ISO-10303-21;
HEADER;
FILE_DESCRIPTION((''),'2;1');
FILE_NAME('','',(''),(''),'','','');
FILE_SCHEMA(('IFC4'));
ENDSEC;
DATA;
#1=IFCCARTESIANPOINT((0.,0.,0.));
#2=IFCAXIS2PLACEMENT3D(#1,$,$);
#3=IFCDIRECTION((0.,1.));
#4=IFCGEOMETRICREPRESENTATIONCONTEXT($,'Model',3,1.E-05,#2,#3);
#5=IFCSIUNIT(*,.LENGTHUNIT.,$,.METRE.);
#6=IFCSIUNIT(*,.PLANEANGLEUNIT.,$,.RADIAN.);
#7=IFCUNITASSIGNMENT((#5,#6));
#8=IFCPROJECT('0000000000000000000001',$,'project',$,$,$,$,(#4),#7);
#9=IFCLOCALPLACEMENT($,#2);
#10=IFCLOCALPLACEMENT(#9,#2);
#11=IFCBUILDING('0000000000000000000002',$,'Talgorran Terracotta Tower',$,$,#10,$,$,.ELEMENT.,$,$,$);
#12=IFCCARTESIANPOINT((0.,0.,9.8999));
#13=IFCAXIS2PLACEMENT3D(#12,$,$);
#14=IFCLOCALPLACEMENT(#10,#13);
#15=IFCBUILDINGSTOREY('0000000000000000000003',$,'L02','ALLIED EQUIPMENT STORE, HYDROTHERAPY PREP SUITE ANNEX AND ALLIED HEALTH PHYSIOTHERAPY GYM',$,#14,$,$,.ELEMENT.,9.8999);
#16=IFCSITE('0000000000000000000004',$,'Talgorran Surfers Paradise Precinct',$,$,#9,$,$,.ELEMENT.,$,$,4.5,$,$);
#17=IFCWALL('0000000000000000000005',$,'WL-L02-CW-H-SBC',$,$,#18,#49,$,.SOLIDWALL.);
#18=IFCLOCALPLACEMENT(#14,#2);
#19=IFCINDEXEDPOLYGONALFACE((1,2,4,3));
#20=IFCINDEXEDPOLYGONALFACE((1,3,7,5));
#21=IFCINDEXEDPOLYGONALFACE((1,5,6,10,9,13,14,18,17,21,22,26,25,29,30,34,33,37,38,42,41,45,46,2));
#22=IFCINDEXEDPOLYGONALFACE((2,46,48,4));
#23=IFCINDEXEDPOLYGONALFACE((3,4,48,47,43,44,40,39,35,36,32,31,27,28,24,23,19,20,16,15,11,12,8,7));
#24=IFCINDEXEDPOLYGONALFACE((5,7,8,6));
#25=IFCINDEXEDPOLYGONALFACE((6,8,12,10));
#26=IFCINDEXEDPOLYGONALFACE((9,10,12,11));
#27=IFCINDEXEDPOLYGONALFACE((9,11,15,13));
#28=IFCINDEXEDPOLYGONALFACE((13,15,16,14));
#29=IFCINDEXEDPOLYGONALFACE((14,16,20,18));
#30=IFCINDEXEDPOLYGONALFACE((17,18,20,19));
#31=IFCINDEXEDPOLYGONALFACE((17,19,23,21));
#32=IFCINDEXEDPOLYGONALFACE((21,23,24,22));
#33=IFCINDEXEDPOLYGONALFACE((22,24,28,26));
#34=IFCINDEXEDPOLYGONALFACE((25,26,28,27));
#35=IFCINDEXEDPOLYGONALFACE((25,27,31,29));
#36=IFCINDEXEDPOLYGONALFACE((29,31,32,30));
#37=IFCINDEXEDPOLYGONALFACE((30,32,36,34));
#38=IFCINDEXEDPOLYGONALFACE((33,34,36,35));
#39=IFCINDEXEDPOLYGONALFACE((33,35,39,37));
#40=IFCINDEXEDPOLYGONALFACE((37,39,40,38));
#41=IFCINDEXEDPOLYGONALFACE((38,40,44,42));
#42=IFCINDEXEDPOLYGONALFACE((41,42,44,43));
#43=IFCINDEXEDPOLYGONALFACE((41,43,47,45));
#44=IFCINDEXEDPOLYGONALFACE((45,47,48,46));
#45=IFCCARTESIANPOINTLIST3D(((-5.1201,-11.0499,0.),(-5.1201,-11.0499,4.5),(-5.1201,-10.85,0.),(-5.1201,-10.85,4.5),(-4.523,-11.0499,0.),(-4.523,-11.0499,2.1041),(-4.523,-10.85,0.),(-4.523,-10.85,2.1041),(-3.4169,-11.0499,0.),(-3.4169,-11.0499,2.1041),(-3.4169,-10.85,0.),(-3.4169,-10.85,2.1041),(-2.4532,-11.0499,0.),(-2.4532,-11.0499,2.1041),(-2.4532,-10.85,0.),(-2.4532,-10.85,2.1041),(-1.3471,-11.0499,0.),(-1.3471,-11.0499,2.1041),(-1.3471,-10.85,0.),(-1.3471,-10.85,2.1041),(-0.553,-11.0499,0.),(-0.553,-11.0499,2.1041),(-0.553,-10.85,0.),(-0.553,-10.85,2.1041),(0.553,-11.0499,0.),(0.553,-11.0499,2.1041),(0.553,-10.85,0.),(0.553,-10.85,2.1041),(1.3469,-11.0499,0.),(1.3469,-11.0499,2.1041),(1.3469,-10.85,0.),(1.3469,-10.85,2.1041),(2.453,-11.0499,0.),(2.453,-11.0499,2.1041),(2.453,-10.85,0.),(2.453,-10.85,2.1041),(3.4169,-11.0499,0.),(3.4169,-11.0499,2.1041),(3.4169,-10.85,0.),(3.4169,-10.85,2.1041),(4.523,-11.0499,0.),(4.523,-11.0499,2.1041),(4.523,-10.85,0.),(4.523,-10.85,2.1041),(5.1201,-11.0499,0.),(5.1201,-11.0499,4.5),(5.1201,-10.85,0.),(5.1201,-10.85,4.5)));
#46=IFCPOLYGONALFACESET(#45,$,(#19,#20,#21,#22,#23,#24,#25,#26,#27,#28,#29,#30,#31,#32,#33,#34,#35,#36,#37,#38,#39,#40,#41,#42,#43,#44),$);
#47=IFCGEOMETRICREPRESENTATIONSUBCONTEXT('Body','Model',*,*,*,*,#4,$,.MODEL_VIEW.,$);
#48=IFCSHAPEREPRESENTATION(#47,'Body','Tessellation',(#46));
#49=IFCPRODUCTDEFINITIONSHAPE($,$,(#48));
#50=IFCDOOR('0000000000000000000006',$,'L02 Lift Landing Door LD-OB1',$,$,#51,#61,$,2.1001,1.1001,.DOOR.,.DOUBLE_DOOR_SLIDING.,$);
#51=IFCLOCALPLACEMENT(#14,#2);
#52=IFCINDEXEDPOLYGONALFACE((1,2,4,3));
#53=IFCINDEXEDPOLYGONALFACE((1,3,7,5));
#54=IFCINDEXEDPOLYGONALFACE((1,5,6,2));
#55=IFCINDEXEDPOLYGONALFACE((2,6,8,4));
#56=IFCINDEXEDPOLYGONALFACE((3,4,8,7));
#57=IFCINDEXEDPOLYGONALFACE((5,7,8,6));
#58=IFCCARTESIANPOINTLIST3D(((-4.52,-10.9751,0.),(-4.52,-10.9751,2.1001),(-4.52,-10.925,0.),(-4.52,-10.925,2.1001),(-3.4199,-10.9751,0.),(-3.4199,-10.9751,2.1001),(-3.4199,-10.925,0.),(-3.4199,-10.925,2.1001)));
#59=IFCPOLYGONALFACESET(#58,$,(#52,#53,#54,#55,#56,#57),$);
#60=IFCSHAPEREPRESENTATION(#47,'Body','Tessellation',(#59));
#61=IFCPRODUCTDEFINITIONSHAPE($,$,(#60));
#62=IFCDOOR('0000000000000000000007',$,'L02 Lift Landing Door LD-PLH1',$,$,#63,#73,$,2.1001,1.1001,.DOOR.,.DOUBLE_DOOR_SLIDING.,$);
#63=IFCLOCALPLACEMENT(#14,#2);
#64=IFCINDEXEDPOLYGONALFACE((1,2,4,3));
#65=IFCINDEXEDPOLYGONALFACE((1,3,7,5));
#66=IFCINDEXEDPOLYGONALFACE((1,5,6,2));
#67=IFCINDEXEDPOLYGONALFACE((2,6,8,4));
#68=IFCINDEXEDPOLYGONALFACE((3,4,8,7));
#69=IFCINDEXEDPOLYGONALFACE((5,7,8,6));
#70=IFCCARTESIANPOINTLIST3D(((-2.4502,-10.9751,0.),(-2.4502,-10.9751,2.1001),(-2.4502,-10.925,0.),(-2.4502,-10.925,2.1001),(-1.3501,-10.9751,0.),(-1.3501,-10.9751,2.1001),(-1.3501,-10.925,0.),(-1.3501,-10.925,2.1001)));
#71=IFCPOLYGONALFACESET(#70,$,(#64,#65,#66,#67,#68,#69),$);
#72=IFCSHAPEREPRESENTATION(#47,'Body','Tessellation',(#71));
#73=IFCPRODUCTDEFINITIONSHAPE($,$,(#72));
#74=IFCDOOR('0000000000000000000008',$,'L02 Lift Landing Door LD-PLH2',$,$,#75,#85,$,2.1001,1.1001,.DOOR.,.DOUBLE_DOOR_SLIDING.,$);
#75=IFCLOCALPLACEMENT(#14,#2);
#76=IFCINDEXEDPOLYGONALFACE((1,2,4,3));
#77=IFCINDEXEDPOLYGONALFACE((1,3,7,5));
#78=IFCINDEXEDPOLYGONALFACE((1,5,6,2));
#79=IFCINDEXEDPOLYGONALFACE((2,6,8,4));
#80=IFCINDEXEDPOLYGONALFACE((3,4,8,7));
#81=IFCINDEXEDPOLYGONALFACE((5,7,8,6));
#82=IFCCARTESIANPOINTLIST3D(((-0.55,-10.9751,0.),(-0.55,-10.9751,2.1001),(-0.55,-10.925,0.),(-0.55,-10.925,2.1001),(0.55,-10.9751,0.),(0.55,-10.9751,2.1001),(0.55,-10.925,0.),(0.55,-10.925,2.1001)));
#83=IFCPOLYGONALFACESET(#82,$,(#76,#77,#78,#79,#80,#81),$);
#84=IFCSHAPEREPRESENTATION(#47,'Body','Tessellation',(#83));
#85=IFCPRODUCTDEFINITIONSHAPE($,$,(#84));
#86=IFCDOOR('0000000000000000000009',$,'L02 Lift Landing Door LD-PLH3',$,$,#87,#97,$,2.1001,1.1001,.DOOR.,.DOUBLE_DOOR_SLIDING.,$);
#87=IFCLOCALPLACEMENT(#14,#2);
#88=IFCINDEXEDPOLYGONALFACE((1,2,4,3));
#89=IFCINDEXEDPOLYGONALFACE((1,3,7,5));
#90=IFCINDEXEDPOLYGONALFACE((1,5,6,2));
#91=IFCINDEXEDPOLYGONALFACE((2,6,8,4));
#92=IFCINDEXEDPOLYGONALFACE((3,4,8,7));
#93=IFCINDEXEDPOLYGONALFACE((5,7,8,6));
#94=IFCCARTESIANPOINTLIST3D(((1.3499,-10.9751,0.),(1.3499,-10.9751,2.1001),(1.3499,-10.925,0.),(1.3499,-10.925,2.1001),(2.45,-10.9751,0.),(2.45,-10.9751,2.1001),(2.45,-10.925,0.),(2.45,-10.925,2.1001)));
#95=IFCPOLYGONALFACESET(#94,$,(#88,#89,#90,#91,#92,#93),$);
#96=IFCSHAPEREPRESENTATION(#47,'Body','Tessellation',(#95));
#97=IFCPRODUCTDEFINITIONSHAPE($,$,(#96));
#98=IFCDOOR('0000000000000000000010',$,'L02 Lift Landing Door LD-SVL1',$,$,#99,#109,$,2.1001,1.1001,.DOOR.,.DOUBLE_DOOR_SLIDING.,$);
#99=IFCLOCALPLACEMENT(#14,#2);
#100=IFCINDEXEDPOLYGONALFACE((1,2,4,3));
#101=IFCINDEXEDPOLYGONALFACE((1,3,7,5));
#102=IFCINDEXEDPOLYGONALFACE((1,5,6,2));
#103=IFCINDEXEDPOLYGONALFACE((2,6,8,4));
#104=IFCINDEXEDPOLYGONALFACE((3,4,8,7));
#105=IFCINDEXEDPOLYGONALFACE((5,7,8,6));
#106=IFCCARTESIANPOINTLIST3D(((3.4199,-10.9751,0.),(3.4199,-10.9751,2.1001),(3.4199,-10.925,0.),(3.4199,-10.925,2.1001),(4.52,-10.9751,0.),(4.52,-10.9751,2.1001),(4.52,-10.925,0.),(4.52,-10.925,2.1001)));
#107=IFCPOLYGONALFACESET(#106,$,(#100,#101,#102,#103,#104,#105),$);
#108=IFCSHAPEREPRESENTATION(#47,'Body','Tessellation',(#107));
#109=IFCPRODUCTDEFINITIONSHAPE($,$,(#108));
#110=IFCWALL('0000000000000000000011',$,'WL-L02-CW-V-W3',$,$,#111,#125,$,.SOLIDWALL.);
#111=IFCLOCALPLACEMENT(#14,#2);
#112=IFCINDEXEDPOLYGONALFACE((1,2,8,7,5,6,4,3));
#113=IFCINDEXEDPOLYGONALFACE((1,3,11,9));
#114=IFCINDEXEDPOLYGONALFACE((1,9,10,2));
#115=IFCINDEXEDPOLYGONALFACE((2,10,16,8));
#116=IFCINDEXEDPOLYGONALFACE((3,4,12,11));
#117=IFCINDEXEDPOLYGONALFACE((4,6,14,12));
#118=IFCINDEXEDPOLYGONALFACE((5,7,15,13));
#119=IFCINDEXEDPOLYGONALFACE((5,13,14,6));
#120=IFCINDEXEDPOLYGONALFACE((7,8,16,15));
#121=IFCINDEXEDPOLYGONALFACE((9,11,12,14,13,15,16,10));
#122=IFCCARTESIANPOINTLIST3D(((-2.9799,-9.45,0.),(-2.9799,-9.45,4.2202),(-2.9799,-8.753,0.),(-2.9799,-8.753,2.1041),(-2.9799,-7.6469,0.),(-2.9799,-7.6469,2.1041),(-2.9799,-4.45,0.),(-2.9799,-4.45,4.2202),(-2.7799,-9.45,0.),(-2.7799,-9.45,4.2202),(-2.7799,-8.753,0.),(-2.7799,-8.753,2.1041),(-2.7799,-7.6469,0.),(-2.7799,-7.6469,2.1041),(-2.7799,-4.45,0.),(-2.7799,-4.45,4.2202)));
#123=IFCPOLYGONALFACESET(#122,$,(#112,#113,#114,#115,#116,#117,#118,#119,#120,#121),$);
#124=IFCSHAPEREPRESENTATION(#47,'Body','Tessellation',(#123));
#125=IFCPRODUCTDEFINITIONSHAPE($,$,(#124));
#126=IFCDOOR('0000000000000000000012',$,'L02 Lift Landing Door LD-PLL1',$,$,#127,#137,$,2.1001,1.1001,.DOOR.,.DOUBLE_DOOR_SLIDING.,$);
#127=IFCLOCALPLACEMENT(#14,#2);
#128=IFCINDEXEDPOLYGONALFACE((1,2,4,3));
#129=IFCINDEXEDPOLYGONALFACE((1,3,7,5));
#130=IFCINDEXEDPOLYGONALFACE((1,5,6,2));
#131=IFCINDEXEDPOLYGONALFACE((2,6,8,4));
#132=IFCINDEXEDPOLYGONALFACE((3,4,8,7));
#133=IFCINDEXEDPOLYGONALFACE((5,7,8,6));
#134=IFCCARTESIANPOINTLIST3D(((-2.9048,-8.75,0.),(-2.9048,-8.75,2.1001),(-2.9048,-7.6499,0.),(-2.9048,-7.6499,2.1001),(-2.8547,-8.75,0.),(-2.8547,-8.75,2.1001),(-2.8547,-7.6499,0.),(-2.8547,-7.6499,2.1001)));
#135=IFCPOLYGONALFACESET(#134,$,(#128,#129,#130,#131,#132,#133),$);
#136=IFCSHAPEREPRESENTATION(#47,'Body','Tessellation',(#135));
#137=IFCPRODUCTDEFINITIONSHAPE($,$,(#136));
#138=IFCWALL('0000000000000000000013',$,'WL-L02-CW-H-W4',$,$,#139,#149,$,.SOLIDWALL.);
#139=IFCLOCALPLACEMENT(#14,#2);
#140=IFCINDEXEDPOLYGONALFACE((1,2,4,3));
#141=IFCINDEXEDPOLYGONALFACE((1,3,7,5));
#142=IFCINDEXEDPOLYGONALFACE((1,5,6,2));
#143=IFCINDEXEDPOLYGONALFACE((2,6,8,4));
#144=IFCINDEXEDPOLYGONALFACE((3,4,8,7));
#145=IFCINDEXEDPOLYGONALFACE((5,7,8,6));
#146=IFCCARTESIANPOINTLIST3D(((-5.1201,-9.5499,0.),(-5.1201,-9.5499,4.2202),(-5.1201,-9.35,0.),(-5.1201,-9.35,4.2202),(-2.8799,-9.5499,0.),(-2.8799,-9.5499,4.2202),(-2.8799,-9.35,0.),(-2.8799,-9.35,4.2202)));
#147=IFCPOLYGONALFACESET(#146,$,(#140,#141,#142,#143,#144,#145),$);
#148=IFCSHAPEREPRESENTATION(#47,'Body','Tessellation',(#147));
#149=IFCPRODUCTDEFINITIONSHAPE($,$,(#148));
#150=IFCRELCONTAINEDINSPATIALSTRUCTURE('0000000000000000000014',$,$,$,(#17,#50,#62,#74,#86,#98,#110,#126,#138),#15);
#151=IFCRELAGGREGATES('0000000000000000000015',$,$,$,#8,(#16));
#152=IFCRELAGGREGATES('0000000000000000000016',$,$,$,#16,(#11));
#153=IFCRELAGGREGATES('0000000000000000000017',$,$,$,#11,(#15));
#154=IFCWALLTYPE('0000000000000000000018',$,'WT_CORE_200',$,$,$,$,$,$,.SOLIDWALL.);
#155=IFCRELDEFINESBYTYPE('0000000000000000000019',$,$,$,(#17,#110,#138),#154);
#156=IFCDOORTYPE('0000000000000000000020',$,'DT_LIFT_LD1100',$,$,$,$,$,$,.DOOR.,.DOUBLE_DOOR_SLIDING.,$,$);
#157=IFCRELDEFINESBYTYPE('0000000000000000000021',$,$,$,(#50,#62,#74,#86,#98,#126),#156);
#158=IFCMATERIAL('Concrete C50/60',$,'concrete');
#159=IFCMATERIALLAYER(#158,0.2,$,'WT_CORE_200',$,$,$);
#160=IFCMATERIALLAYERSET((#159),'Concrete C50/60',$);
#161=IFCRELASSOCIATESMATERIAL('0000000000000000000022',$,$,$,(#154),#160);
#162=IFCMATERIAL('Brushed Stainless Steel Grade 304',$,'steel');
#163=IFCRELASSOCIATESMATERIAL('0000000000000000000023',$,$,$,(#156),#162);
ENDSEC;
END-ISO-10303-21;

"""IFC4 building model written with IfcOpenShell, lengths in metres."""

from ifc_helpers import new_model, si_unit, direction, frame, frame_2d, origin, place, context, subcontext, project, spatial, rectangle, extrude, material, layer, layer_set, type_object, element, fill, save


model = new_model("IFC4")

# Units and contexts
model_context = context("Model", 3, precision=1e-05, world=origin(), true_north=direction((0.0, 1.0)))
body_context = subcontext(model_context, "Body", "Model", "MODEL_VIEW")
ifc_project = project(units=[si_unit("LENGTHUNIT", "METRE"), si_unit("PLANEANGLEUNIT", "RADIAN")], contexts=[model_context])

# Site, building, storey
site_placement = place(None, origin())
site = spatial("IfcSite", under=ifc_project, at=site_placement, Name="Talgorran Surfers Paradise Precinct", CompositionType="ELEMENT", RefElevation=4.5)
building_placement = place(site_placement, origin())
building = spatial("IfcBuilding", under=site, at=building_placement, Name="Talgorran Terracotta Tower", CompositionType="ELEMENT")
storey_placement = place(building_placement, frame((0.0, 0.0, 9.8999)))
storey = spatial("IfcBuildingStorey", under=building, at=storey_placement, Name="L02", Description="ALLIED EQUIPMENT STORE, HYDROTHERAPY PREP SUITE ANNEX AND ALLIED HEALTH PHYSIOTHERAPY GYM", CompositionType="ELEMENT", Elevation=9.8999)

# Wall, openings, doors
ifc_material_1 = material(Name="Concrete C50/60", Category="concrete")
ifc_layer_1 = layer(ifc_material_1, 0.2, Name="WT_CORE_200")
ifc_layer_set_1 = layer_set([ifc_layer_1], Name="Concrete C50/60")
wall_type_1 = type_object("IfcWallType", Name="WT_CORE_200", PredefinedType="SOLIDWALL", material=ifc_layer_set_1)
ifc_material_2 = material(Name="Brushed Stainless Steel Grade 304", Category="steel")
door_type_1 = type_object("IfcDoorType", Name="DT_LIFT_LD1100", OperationType="DOUBLE_DOOR_SLIDING", PredefinedType="DOOR", material=ifc_material_2)
wall_1_placement = place(storey_placement, frame((-5.1201, -10.95, 0.0), z_axis=(0.0, 0.0, 1.0), x_axis=(1.0, 0.0, 0.0)))
wall_1 = element("IfcWall", 1, at=wall_1_placement, inside=storey, type_object=wall_type_1, Name="WL-L02-CW-H-SBC", PredefinedType="SOLIDWALL", context=body_context, shape_type="SweptSolid", body=[
    extrude(rectangle(XDim=10.2402, YDim=0.2, at=frame_2d((5.1201, 0.0))), origin(), (0.0, 0.0, 1.0), 4.5),
])
opening_1_placement = place(wall_1_placement, frame((0.6001, 0.0, 0.0)))
opening_1 = element("IfcOpeningElement", 2, at=opening_1_placement, cuts=wall_1, PredefinedType="OPENING", context=body_context, shape_type="SweptSolid", body=[
    extrude(rectangle(XDim=1.1061, YDim=2.1041, at=frame_2d((0.55, 1.052))), frame((0.0, 0.1099, 0.0), z_axis=(0.0, -1.0, 0.0), x_axis=(1.0, 0.0, 0.0)), (0.0, 0.0, 1.0), 0.22),
])
opening_2_placement = place(wall_1_placement, frame((2.6699, 0.0, 0.0)))
opening_2 = element("IfcOpeningElement", 3, at=opening_2_placement, cuts=wall_1, PredefinedType="OPENING", context=body_context, shape_type="SweptSolid", body=[
    extrude(rectangle(XDim=1.1061, YDim=2.1041, at=frame_2d((0.55, 1.052))), frame((0.0, 0.1099, 0.0), z_axis=(0.0, -1.0, 0.0), x_axis=(1.0, 0.0, 0.0)), (0.0, 0.0, 1.0), 0.22),
])
opening_3_placement = place(wall_1_placement, frame((4.5701, 0.0, 0.0)))
opening_3 = element("IfcOpeningElement", 4, at=opening_3_placement, cuts=wall_1, PredefinedType="OPENING", context=body_context, shape_type="SweptSolid", body=[
    extrude(rectangle(XDim=1.1061, YDim=2.1041, at=frame_2d((0.55, 1.052))), frame((0.0, 0.1099, 0.0), z_axis=(0.0, -1.0, 0.0), x_axis=(1.0, 0.0, 0.0)), (0.0, 0.0, 1.0), 0.22),
])
opening_4_placement = place(wall_1_placement, frame((6.47, 0.0, 0.0)))
opening_4 = element("IfcOpeningElement", 5, at=opening_4_placement, cuts=wall_1, PredefinedType="OPENING", context=body_context, shape_type="SweptSolid", body=[
    extrude(rectangle(XDim=1.1061, YDim=2.1041, at=frame_2d((0.55, 1.052))), frame((0.0, 0.1099, 0.0), z_axis=(0.0, -1.0, 0.0), x_axis=(1.0, 0.0, 0.0)), (0.0, 0.0, 1.0), 0.22),
])
opening_5_placement = place(wall_1_placement, frame((8.54, 0.0, 0.0)))
opening_5 = element("IfcOpeningElement", 6, at=opening_5_placement, cuts=wall_1, PredefinedType="OPENING", context=body_context, shape_type="SweptSolid", body=[
    extrude(rectangle(XDim=1.1061, YDim=2.1041, at=frame_2d((0.55, 1.052))), frame((0.0, 0.1099, 0.0), z_axis=(0.0, -1.0, 0.0), x_axis=(1.0, 0.0, 0.0)), (0.0, 0.0, 1.0), 0.22),
])
door_1_placement = place(opening_1_placement, origin())
door_1 = element("IfcDoor", 7, at=door_1_placement, inside=storey, type_object=door_type_1, Name="L02 Lift Landing Door LD-OB1", OperationType="DOUBLE_DOOR_SLIDING", OverallHeight=2.1001, OverallWidth=1.1001, PredefinedType="DOOR", context=body_context, shape_type="SweptSolid", body=[
    extrude(rectangle(XDim=1.1001, YDim=2.1001, at=frame_2d((0.55, 1.05))), frame((0.0, 0.0249, 0.0), z_axis=(0.0, -1.0, 0.0), x_axis=(1.0, 0.0, 0.0)), (0.0, 0.0, 1.0), 0.05),
])
fill(opening_1, door_1)
door_2_placement = place(opening_2_placement, origin())
door_2 = element("IfcDoor", 8, at=door_2_placement, inside=storey, type_object=door_type_1, Name="L02 Lift Landing Door LD-PLH1", OperationType="DOUBLE_DOOR_SLIDING", OverallHeight=2.1001, OverallWidth=1.1001, PredefinedType="DOOR", context=body_context, shape_type="SweptSolid", body=[
    extrude(rectangle(XDim=1.1001, YDim=2.1001, at=frame_2d((0.55, 1.05))), frame((0.0, 0.0249, 0.0), z_axis=(0.0, -1.0, 0.0), x_axis=(1.0, 0.0, 0.0)), (0.0, 0.0, 1.0), 0.05),
])
fill(opening_2, door_2)
door_3_placement = place(opening_3_placement, origin())
door_3 = element("IfcDoor", 9, at=door_3_placement, inside=storey, type_object=door_type_1, Name="L02 Lift Landing Door LD-PLH2", OperationType="DOUBLE_DOOR_SLIDING", OverallHeight=2.1001, OverallWidth=1.1001, PredefinedType="DOOR", context=body_context, shape_type="SweptSolid", body=[
    extrude(rectangle(XDim=1.1001, YDim=2.1001, at=frame_2d((0.55, 1.05))), frame((0.0, 0.0249, 0.0), z_axis=(0.0, -1.0, 0.0), x_axis=(1.0, 0.0, 0.0)), (0.0, 0.0, 1.0), 0.05),
])
fill(opening_3, door_3)
door_4_placement = place(opening_4_placement, origin())
door_4 = element("IfcDoor", 10, at=door_4_placement, inside=storey, type_object=door_type_1, Name="L02 Lift Landing Door LD-PLH3", OperationType="DOUBLE_DOOR_SLIDING", OverallHeight=2.1001, OverallWidth=1.1001, PredefinedType="DOOR", context=body_context, shape_type="SweptSolid", body=[
    extrude(rectangle(XDim=1.1001, YDim=2.1001, at=frame_2d((0.55, 1.05))), frame((0.0, 0.0249, 0.0), z_axis=(0.0, -1.0, 0.0), x_axis=(1.0, 0.0, 0.0)), (0.0, 0.0, 1.0), 0.05),
])
fill(opening_4, door_4)
door_5_placement = place(opening_5_placement, origin())
door_5 = element("IfcDoor", 11, at=door_5_placement, inside=storey, type_object=door_type_1, Name="L02 Lift Landing Door LD-SVL1", OperationType="DOUBLE_DOOR_SLIDING", OverallHeight=2.1001, OverallWidth=1.1001, PredefinedType="DOOR", context=body_context, shape_type="SweptSolid", body=[
    extrude(rectangle(XDim=1.1001, YDim=2.1001, at=frame_2d((0.55, 1.05))), frame((0.0, 0.0249, 0.0), z_axis=(0.0, -1.0, 0.0), x_axis=(1.0, 0.0, 0.0)), (0.0, 0.0, 1.0), 0.05),
])
fill(opening_5, door_5)

# Wall, opening, door
wall_2_placement = place(storey_placement, frame((-2.8799, -9.45, 0.0), z_axis=(0.0, 0.0, 1.0), x_axis=(0.0, 1.0, 0.0)))
wall_2 = element("IfcWall", 12, at=wall_2_placement, inside=storey, type_object=wall_type_1, Name="WL-L02-CW-V-W3", PredefinedType="SOLIDWALL", context=body_context, shape_type="SweptSolid", body=[
    extrude(rectangle(XDim=5.0, YDim=0.2, at=frame_2d((2.5, 0.0))), origin(), (0.0, 0.0, 1.0), 4.2202),
])
opening_6_placement = place(wall_2_placement, frame((0.7, 0.0, 0.0)))
opening_6 = element("IfcOpeningElement", 13, at=opening_6_placement, cuts=wall_2, PredefinedType="OPENING", context=body_context, shape_type="SweptSolid", body=[
    extrude(rectangle(XDim=1.1061, YDim=2.1041, at=frame_2d((0.55, 1.052))), frame((0.0, 0.1099, 0.0), z_axis=(0.0, -1.0, 0.0), x_axis=(1.0, 0.0, 0.0)), (0.0, 0.0, 1.0), 0.22),
])
door_6_placement = place(opening_6_placement, origin())
door_6 = element("IfcDoor", 14, at=door_6_placement, inside=storey, type_object=door_type_1, Name="L02 Lift Landing Door LD-PLL1", OperationType="DOUBLE_DOOR_SLIDING", OverallHeight=2.1001, OverallWidth=1.1001, PredefinedType="DOOR", context=body_context, shape_type="SweptSolid", body=[
    extrude(rectangle(XDim=1.1001, YDim=2.1001, at=frame_2d((0.55, 1.05))), frame((0.0, 0.0249, 0.0), z_axis=(0.0, -1.0, 0.0), x_axis=(1.0, 0.0, 0.0)), (0.0, 0.0, 1.0), 0.05),
])
fill(opening_6, door_6)

# Wall
wall_3_placement = place(storey_placement, frame((-5.1201, -9.45, 0.0), z_axis=(0.0, 0.0, 1.0), x_axis=(1.0, 0.0, 0.0)))
element("IfcWall", 15, at=wall_3_placement, inside=storey, type_object=wall_type_1, Name="WL-L02-CW-H-W4", PredefinedType="SOLIDWALL", context=body_context, shape_type="SweptSolid", body=[
    extrude(rectangle(XDim=2.2402, YDim=0.2, at=frame_2d((1.1201, 0.0))), origin(), (0.0, 0.0, 1.0), 4.2202),
])

save(model, "model.ifc")
